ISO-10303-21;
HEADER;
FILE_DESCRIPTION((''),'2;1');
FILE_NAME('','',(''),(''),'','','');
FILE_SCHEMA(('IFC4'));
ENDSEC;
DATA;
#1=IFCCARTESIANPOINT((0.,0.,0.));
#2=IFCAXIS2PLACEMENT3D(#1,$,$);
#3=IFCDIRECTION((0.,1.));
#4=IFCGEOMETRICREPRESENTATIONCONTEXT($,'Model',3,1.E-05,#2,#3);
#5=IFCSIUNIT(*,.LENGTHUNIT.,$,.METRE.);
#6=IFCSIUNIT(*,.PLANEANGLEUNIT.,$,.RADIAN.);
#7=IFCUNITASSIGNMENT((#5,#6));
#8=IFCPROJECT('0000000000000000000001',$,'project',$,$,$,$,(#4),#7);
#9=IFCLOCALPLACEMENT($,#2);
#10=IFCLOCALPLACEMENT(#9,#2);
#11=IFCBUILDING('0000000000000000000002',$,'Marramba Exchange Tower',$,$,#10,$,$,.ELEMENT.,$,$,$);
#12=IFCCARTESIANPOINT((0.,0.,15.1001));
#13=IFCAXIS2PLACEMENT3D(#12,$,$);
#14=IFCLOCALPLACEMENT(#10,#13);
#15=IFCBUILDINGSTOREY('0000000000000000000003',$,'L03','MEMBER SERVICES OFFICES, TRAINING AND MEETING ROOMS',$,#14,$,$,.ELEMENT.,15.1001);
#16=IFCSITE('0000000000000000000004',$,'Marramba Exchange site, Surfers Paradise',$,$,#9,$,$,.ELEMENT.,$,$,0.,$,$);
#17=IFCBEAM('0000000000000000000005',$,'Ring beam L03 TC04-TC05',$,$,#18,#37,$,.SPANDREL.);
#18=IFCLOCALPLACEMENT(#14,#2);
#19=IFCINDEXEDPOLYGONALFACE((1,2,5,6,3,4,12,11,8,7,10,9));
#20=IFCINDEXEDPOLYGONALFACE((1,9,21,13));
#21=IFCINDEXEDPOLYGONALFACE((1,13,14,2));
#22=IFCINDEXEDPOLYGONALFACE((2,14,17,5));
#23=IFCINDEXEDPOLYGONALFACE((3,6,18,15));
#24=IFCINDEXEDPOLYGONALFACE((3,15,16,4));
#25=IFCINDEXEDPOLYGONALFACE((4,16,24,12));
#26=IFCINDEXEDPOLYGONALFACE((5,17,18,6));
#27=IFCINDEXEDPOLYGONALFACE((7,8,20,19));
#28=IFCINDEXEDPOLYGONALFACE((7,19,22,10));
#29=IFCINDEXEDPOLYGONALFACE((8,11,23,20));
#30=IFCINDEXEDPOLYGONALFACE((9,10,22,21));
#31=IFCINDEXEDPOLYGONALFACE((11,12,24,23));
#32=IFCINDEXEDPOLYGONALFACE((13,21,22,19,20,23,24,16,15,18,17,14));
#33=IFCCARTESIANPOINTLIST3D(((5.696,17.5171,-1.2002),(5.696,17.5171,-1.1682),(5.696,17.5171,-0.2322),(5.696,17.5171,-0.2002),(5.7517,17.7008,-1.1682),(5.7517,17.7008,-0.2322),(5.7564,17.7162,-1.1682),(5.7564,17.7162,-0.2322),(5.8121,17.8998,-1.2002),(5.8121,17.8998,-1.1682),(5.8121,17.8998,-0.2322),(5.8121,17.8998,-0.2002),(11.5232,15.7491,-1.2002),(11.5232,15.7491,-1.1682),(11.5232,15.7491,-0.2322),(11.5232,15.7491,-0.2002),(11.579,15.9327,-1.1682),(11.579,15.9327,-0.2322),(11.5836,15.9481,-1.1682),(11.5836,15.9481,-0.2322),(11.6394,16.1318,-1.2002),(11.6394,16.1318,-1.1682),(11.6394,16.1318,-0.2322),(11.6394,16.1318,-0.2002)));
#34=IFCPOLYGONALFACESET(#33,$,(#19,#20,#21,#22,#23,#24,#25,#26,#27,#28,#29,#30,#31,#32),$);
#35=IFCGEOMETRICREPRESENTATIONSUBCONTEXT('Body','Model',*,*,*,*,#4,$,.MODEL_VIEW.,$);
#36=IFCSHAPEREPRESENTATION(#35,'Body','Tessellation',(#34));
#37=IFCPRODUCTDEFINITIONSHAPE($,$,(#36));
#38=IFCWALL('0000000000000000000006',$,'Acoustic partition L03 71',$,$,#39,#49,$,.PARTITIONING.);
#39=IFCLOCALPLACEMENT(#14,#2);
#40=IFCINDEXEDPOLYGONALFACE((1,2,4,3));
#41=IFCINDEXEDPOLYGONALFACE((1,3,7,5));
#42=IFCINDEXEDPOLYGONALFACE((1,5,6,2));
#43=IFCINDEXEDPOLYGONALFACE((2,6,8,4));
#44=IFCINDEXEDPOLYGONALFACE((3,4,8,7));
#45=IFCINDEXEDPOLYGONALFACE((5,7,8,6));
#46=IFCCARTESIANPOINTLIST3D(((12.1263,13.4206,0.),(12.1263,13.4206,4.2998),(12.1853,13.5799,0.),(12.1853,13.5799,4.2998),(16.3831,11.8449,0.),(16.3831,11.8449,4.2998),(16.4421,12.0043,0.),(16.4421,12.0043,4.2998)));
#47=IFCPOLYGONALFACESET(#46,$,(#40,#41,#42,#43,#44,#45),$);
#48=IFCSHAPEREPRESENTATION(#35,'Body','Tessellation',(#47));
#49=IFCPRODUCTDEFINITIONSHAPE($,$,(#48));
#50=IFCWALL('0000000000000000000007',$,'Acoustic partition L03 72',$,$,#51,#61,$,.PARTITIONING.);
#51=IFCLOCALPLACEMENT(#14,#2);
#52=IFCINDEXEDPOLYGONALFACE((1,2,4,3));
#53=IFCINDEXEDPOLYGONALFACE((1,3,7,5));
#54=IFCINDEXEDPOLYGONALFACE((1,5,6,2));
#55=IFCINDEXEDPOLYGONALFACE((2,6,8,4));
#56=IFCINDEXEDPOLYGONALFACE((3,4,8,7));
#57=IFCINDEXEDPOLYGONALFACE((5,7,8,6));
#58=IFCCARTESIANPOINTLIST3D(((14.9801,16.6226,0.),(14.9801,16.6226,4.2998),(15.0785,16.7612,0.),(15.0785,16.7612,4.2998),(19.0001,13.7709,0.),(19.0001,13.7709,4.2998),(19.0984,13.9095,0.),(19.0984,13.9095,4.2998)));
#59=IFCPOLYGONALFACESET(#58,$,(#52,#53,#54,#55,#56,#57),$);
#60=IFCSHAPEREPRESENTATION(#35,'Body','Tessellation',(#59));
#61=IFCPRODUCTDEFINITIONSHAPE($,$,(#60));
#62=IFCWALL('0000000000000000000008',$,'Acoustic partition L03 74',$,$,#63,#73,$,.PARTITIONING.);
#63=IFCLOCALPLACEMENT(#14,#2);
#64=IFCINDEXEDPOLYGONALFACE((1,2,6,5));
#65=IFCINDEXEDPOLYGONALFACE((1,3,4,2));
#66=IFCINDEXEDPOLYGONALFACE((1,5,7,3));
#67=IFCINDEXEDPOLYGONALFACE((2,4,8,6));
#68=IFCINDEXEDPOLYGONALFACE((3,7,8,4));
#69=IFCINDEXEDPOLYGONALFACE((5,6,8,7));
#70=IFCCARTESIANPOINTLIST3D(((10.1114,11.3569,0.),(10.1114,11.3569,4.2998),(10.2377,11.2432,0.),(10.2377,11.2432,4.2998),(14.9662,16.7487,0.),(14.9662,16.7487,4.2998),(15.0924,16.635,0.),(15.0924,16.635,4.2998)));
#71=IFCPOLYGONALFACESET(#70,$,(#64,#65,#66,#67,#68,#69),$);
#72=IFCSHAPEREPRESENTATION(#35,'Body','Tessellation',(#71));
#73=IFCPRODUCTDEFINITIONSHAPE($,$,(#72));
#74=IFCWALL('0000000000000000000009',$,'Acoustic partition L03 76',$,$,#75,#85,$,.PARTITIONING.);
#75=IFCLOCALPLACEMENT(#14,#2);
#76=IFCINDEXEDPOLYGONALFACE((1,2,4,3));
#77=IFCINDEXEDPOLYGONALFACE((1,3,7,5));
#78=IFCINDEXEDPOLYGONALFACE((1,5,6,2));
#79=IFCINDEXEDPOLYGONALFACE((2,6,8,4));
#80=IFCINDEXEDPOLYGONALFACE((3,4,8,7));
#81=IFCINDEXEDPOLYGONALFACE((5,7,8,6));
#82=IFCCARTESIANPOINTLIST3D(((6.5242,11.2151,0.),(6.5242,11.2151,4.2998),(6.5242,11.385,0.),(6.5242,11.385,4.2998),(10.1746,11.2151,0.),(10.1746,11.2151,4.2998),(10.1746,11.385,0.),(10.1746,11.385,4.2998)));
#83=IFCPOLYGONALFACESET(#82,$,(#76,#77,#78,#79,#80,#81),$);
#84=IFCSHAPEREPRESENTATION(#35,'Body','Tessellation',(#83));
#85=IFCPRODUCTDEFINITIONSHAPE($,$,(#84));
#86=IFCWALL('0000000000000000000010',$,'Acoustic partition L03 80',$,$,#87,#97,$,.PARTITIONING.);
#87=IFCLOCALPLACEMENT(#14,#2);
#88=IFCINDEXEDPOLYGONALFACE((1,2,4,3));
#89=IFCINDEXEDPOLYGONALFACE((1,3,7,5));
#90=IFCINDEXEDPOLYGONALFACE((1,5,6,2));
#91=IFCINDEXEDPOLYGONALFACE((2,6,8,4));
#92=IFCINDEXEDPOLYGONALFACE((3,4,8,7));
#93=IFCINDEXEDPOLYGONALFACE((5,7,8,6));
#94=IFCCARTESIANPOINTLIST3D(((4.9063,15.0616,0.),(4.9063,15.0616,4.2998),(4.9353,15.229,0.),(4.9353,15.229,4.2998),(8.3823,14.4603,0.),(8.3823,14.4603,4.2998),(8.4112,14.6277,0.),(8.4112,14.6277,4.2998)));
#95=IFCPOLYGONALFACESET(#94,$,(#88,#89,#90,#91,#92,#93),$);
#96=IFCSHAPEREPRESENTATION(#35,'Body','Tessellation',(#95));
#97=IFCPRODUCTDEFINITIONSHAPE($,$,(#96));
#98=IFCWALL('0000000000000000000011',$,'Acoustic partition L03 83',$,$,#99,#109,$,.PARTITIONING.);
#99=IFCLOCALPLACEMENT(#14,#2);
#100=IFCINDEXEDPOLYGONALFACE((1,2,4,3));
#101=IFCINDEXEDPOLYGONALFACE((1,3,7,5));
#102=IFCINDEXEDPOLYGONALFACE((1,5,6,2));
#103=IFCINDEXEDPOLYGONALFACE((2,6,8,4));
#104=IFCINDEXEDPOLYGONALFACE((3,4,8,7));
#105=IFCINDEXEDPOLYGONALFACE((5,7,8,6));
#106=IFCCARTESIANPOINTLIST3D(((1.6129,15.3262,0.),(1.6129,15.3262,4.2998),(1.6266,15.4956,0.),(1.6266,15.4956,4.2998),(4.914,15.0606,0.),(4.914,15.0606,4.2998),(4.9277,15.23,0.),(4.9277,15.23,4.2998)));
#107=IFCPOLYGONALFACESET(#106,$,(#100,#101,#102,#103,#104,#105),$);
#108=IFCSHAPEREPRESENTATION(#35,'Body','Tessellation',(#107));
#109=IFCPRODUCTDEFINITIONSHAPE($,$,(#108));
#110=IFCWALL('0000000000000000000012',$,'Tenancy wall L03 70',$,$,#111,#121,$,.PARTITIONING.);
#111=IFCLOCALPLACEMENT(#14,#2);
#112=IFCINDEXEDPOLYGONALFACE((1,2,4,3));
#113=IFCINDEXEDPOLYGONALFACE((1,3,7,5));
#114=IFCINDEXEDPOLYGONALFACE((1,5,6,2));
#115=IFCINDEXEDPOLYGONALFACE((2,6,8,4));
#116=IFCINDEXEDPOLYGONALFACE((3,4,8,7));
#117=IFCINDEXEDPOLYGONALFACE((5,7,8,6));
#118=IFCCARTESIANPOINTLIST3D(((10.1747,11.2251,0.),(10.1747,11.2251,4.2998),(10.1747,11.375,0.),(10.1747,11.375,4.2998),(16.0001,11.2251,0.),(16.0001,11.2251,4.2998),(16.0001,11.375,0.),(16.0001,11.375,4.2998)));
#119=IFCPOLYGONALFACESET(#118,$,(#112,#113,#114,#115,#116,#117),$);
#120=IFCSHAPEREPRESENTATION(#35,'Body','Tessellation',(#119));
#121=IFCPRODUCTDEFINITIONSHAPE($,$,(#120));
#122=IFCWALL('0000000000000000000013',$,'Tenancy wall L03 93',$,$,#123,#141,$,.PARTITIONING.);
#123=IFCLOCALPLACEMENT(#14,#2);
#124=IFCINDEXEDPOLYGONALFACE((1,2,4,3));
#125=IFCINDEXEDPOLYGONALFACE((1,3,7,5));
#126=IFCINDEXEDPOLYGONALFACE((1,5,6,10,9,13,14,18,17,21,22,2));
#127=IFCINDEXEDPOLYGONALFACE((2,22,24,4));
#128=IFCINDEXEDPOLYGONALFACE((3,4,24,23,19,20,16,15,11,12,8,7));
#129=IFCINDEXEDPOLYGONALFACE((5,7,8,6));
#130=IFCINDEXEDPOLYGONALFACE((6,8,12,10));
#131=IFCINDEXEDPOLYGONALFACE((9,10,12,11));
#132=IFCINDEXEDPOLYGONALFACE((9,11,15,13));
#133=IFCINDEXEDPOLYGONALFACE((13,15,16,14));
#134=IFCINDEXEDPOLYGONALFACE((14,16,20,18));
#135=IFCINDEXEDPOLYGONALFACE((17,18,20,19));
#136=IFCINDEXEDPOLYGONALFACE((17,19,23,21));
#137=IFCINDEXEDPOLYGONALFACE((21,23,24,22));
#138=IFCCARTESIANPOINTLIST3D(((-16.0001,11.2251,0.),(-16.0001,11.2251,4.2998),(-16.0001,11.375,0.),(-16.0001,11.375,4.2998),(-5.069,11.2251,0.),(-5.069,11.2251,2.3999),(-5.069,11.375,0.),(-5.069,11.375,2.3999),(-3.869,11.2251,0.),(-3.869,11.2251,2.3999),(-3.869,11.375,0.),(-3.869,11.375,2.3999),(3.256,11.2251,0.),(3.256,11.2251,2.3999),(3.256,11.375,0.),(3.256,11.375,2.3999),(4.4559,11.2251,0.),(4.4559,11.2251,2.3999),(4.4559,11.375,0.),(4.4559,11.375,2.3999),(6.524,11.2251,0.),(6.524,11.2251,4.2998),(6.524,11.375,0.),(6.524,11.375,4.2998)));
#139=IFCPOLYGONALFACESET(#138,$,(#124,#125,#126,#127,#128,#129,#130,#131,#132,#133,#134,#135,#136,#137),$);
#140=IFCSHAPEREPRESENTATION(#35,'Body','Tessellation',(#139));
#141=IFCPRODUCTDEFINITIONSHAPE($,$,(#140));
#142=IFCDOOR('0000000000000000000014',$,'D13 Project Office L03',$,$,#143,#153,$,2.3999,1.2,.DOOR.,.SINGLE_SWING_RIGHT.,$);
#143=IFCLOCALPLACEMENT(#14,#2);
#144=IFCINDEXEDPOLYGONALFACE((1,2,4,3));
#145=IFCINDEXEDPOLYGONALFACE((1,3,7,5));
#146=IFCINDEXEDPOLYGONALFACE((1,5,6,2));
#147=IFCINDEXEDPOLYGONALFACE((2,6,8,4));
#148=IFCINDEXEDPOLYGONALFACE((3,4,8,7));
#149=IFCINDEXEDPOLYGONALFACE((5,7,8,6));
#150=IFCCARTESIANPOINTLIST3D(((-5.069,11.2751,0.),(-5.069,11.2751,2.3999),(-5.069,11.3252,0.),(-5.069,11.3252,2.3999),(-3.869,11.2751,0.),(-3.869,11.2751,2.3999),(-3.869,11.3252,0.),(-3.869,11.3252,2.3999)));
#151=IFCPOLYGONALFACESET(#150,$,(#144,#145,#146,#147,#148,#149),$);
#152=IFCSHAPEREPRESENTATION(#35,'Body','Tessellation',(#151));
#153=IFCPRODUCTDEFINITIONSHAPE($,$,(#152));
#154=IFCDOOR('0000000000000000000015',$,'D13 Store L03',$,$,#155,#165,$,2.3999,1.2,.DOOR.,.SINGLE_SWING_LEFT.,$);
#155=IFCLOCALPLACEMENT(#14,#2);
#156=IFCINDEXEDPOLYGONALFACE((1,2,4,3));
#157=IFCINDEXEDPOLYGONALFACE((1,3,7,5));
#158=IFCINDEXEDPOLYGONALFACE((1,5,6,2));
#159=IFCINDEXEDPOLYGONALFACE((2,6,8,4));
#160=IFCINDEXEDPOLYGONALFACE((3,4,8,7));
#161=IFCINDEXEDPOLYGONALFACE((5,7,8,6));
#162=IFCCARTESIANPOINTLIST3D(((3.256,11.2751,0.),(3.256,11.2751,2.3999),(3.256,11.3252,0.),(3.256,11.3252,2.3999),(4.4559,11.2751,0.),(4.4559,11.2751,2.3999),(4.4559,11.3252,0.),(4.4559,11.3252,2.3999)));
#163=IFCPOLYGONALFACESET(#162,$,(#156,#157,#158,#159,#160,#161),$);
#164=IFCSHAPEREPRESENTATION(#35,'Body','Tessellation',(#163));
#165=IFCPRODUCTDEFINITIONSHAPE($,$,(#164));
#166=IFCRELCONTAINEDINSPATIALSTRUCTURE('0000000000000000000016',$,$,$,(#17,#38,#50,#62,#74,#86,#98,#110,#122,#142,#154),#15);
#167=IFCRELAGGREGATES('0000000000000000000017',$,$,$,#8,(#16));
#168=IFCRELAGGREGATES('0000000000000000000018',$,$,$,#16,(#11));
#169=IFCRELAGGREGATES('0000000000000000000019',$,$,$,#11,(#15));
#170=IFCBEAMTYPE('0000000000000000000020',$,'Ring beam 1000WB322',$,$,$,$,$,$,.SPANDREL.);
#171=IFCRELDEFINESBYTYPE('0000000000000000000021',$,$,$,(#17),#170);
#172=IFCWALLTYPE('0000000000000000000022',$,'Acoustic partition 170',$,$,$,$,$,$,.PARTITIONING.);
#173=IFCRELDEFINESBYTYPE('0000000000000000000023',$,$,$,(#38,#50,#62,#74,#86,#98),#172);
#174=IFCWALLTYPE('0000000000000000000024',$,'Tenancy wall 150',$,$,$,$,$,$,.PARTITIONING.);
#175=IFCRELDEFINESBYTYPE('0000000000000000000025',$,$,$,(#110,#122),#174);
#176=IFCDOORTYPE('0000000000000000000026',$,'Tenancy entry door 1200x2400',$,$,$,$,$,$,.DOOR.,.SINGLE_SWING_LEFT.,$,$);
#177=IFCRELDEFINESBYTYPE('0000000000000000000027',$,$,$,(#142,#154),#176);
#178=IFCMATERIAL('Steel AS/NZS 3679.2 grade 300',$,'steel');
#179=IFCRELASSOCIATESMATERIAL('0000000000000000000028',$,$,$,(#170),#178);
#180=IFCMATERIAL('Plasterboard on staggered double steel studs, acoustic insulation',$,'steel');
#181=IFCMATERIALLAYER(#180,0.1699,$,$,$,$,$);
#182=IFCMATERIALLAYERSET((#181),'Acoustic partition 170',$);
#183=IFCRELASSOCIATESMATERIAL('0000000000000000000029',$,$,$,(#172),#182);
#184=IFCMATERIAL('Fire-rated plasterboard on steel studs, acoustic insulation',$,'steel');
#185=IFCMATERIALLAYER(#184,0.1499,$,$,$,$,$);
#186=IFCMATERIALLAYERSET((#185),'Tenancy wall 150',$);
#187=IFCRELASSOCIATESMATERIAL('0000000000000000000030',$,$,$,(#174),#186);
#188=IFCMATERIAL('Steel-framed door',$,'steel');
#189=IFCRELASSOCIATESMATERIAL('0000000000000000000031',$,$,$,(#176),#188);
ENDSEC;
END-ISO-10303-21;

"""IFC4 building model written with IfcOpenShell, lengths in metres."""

from ifc_helpers import new_model, si_unit, direction, frame, frame_2d, origin, origin_2d, place, context, subcontext, project, spatial, rectangle, i_section, extrude, material, layer, layer_set, material_profile, profile_set, type_object, element, fill, save


model = new_model("IFC4")

# Units and contexts
model_context = context("Model", 3, precision=1e-05, world=origin(), true_north=direction((0.0, 1.0)))
body_context = subcontext(model_context, "Body", "Model", "MODEL_VIEW")
ifc_project = project(units=[si_unit("LENGTHUNIT", "METRE"), si_unit("PLANEANGLEUNIT", "RADIAN")], contexts=[model_context])

# Site, building, storey
site_placement = place(None, origin())
site = spatial("IfcSite", under=ifc_project, at=site_placement, Name="Marramba Exchange site, Surfers Paradise", CompositionType="ELEMENT", RefElevation=0.0)
building_placement = place(site_placement, origin())
building = spatial("IfcBuilding", under=site, at=building_placement, Name="Marramba Exchange Tower", CompositionType="ELEMENT")
storey_placement = place(building_placement, frame((0.0, 0.0, 15.1001)))
storey = spatial("IfcBuildingStorey", under=building, at=storey_placement, Name="L03", Description="MEMBER SERVICES OFFICES, TRAINING AND MEETING ROOMS", CompositionType="ELEMENT", Elevation=15.1001)

# Beam
ifc_material_1 = material(Name="Steel AS/NZS 3679.2 grade 300", Category="steel")
ifc_material_profile_1 = material_profile(ifc_material_1, i_section(OverallWidth=0.3999, OverallDepth=1.0, WebThickness=0.0161, FlangeThickness=0.032, at=origin_2d()), Name="1000WB322")
ifc_profile_set_1 = profile_set([ifc_material_profile_1], Name="Steel AS/NZS 3679.2 grade 300")
beam_type_1 = type_object("IfcBeamType", Name="Ring beam 1000WB322", PredefinedType="SPANDREL", material=ifc_profile_set_1)
beam_1_placement = place(storey_placement, frame((11.5813, 15.9404, -0.7002), z_axis=(-0.956925, 0.290337, 0.0), x_axis=(-0.290337, -0.956925, 0.0)))
element("IfcBeam", 1, at=beam_1_placement, inside=storey, type_object=beam_type_1, Name="Ring beam L03 TC04-TC05", PredefinedType="SPANDREL", context=body_context, shape_type="SweptSolid", body=[
    extrude(i_section(OverallWidth=0.3999, OverallDepth=1.0, WebThickness=0.0161, FlangeThickness=0.032, at=origin_2d()), origin(), (0.0, 0.0, 1.0), 6.0896),
])

# Walls
ifc_material_2 = material(Name="Plasterboard on staggered double steel studs, acoustic insulation", Category="steel")
ifc_layer_1 = layer(ifc_material_2, 0.1699)
ifc_layer_set_1 = layer_set([ifc_layer_1], Name="Acoustic partition 170")
wall_type_1 = type_object("IfcWallType", Name="Acoustic partition 170", PredefinedType="PARTITIONING", material=ifc_layer_set_1)
wall_1_placement = place(storey_placement, frame((12.1558, 13.5002, 0.0), z_axis=(0.0, 0.0, 1.0), x_axis=(0.937815, -0.347136, 0.0)))
element("IfcWall", 2, at=wall_1_placement, inside=storey, type_object=wall_type_1, Name="Acoustic partition L03 71", PredefinedType="PARTITIONING", context=body_context, shape_type="SweptSolid", body=[
    extrude(rectangle(XDim=4.5391, YDim=0.1699, at=frame_2d((2.2695, 0.0))), origin(), (0.0, 0.0, 1.0), 4.2998),
])
wall_2_placement = place(storey_placement, frame((15.0293, 16.6919, 0.0), z_axis=(0.0, 0.0, 1.0), x_axis=(0.815613, -0.578597, 0.0)))
element("IfcWall", 3, at=wall_2_placement, inside=storey, type_object=wall_type_1, Name="Acoustic partition L03 72", PredefinedType="PARTITIONING", context=body_context, shape_type="SweptSolid", body=[
    extrude(rectangle(XDim=4.9287, YDim=0.1699, at=frame_2d((2.4644, 0.0))), origin(), (0.0, 0.0, 1.0), 4.2998),
])
wall_3_placement = place(storey_placement, frame((15.0293, 16.6919, 0.0), z_axis=(0.0, 0.0, 1.0), x_axis=(-0.669123, -0.743152, 0.0)))
element("IfcWall", 4, at=wall_3_placement, inside=storey, type_object=wall_type_1, Name="Acoustic partition L03 74", PredefinedType="PARTITIONING", context=body_context, shape_type="SweptSolid", body=[
    extrude(rectangle(XDim=7.2554, YDim=0.1699, at=frame_2d((3.6277, 0.0))), origin(), (0.0, 0.0, 1.0), 4.2998),
])
wall_4_placement = place(storey_placement, frame((10.1746, 11.3, 0.0), z_axis=(0.0, 0.0, 1.0), x_axis=(-1.0, 0.0, 0.0)))
element("IfcWall", 5, at=wall_4_placement, inside=storey, type_object=wall_type_1, Name="Acoustic partition L03 76", PredefinedType="PARTITIONING", context=body_context, shape_type="SweptSolid", body=[
    extrude(rectangle(XDim=3.6504, YDim=0.1699, at=frame_2d((1.8252, 0.0))), origin(), (0.0, 0.0, 1.0), 4.2998),
])
wall_5_placement = place(storey_placement, frame((4.9209, 15.1453, 0.0), z_axis=(0.0, 0.0, 1.0), x_axis=(0.985365, -0.170456, 0.0)))
element("IfcWall", 6, at=wall_5_placement, inside=storey, type_object=wall_type_1, Name="Acoustic partition L03 80", PredefinedType="PARTITIONING", context=body_context, shape_type="SweptSolid", body=[
    extrude(rectangle(XDim=3.5276, YDim=0.1699, at=frame_2d((1.7637, 0.0))), origin(), (0.0, 0.0, 1.0), 4.2998),
])
wall_6_placement = place(storey_placement, frame((1.6199, 15.4109, 0.0), z_axis=(0.0, 0.0, 1.0), x_axis=(0.996778, -0.080208, 0.0)))
element("IfcWall", 7, at=wall_6_placement, inside=storey, type_object=wall_type_1, Name="Acoustic partition L03 83", PredefinedType="PARTITIONING", context=body_context, shape_type="SweptSolid", body=[
    extrude(rectangle(XDim=3.3118, YDim=0.1699, at=frame_2d((1.6558, 0.0))), origin(), (0.0, 0.0, 1.0), 4.2998),
])
ifc_material_3 = material(Name="Fire-rated plasterboard on steel studs, acoustic insulation", Category="steel")
ifc_layer_2 = layer(ifc_material_3, 0.1499)
ifc_layer_set_2 = layer_set([ifc_layer_2], Name="Tenancy wall 150")
wall_type_2 = type_object("IfcWallType", Name="Tenancy wall 150", PredefinedType="PARTITIONING", material=ifc_layer_set_2)
wall_7_placement = place(storey_placement, frame((16.0, 11.3, 0.0), z_axis=(0.0, 0.0, 1.0), x_axis=(-1.0, 0.0, 0.0)))
element("IfcWall", 8, at=wall_7_placement, inside=storey, type_object=wall_type_2, Name="Tenancy wall L03 70", PredefinedType="PARTITIONING", context=body_context, shape_type="SweptSolid", body=[
    extrude(rectangle(XDim=5.8254, YDim=0.1499, at=frame_2d((2.9126, 0.0))), origin(), (0.0, 0.0, 1.0), 4.2998),
])

# Wall, openings, doors
wall_8_placement = place(storey_placement, frame((6.5242, 11.3, 0.0), z_axis=(0.0, 0.0, 1.0), x_axis=(-1.0, 0.0, 0.0)))
wall_8 = element("IfcWall", 9, at=wall_8_placement, inside=storey, type_object=wall_type_2, Name="Tenancy wall L03 93", PredefinedType="PARTITIONING", context=body_context, shape_type="SweptSolid", body=[
    extrude(rectangle(XDim=22.5242, YDim=0.1499, at=frame_2d((11.2622, 0.0))), origin(), (0.0, 0.0, 1.0), 4.2998),
])
opening_1_placement = place(wall_8_placement, frame((10.3931, 0.0, 0.0)))
opening_1 = element("IfcOpeningElement", 10, at=opening_1_placement, cuts=wall_8, PredefinedType="OPENING", context=body_context, shape_type="SweptSolid", body=[
    extrude(rectangle(XDim=1.2, YDim=2.3999, at=frame_2d((0.6001, 1.2))), frame((0.0, 0.085, 0.0), z_axis=(0.0, -1.0, 0.0), x_axis=(1.0, 0.0, 0.0)), (0.0, 0.0, 1.0), 0.1699),
])
opening_2_placement = place(wall_8_placement, frame((2.0681, 0.0, 0.0)))
opening_2 = element("IfcOpeningElement", 11, at=opening_2_placement, cuts=wall_8, PredefinedType="OPENING", context=body_context, shape_type="SweptSolid", body=[
    extrude(rectangle(XDim=1.2, YDim=2.3999, at=frame_2d((0.6001, 1.2))), frame((0.0, 0.085, 0.0), z_axis=(0.0, -1.0, 0.0), x_axis=(1.0, 0.0, 0.0)), (0.0, 0.0, 1.0), 0.1699),
])
ifc_material_4 = material(Name="Steel-framed door", Category="steel")
door_type = type_object("IfcDoorType", Name="Tenancy entry door 1200x2400", OperationType="SINGLE_SWING_LEFT", PredefinedType="DOOR", material=ifc_material_4)
door_1_placement = place(opening_1_placement, origin())
door_1 = element("IfcDoor", 12, at=door_1_placement, inside=storey, type_object=door_type, Name="D13 Project Office L03", OperationType="SINGLE_SWING_RIGHT", OverallHeight=2.3999, OverallWidth=1.2, PredefinedType="DOOR", context=body_context, shape_type="SweptSolid", body=[
    extrude(rectangle(XDim=1.2, YDim=2.3999, at=frame_2d((0.6001, 1.2))), frame((0.0, 0.0249, 0.0), z_axis=(0.0, -1.0, 0.0), x_axis=(1.0, 0.0, 0.0)), (0.0, 0.0, 1.0), 0.05),
])
fill(opening_1, door_1)
door_2_placement = place(opening_2_placement, frame((1.2, 0.0, 0.0), z_axis=(0.0, 0.0, 1.0), x_axis=(-1.0, 0.0, 0.0)))
door_2 = element("IfcDoor", 13, at=door_2_placement, inside=storey, type_object=door_type, Name="D13 Store L03", OperationType="SINGLE_SWING_LEFT", OverallHeight=2.3999, OverallWidth=1.2, PredefinedType="DOOR", context=body_context, shape_type="SweptSolid", body=[
    extrude(rectangle(XDim=1.2, YDim=2.3999, at=frame_2d((0.5999, 1.2))), frame((0.0, 0.0251, 0.0), z_axis=(0.0, -1.0, 0.0), x_axis=(1.0, 0.0, 0.0)), (0.0, 0.0, 1.0), 0.05),
])
fill(opening_2, door_2)

save(model, "model.ifc")
